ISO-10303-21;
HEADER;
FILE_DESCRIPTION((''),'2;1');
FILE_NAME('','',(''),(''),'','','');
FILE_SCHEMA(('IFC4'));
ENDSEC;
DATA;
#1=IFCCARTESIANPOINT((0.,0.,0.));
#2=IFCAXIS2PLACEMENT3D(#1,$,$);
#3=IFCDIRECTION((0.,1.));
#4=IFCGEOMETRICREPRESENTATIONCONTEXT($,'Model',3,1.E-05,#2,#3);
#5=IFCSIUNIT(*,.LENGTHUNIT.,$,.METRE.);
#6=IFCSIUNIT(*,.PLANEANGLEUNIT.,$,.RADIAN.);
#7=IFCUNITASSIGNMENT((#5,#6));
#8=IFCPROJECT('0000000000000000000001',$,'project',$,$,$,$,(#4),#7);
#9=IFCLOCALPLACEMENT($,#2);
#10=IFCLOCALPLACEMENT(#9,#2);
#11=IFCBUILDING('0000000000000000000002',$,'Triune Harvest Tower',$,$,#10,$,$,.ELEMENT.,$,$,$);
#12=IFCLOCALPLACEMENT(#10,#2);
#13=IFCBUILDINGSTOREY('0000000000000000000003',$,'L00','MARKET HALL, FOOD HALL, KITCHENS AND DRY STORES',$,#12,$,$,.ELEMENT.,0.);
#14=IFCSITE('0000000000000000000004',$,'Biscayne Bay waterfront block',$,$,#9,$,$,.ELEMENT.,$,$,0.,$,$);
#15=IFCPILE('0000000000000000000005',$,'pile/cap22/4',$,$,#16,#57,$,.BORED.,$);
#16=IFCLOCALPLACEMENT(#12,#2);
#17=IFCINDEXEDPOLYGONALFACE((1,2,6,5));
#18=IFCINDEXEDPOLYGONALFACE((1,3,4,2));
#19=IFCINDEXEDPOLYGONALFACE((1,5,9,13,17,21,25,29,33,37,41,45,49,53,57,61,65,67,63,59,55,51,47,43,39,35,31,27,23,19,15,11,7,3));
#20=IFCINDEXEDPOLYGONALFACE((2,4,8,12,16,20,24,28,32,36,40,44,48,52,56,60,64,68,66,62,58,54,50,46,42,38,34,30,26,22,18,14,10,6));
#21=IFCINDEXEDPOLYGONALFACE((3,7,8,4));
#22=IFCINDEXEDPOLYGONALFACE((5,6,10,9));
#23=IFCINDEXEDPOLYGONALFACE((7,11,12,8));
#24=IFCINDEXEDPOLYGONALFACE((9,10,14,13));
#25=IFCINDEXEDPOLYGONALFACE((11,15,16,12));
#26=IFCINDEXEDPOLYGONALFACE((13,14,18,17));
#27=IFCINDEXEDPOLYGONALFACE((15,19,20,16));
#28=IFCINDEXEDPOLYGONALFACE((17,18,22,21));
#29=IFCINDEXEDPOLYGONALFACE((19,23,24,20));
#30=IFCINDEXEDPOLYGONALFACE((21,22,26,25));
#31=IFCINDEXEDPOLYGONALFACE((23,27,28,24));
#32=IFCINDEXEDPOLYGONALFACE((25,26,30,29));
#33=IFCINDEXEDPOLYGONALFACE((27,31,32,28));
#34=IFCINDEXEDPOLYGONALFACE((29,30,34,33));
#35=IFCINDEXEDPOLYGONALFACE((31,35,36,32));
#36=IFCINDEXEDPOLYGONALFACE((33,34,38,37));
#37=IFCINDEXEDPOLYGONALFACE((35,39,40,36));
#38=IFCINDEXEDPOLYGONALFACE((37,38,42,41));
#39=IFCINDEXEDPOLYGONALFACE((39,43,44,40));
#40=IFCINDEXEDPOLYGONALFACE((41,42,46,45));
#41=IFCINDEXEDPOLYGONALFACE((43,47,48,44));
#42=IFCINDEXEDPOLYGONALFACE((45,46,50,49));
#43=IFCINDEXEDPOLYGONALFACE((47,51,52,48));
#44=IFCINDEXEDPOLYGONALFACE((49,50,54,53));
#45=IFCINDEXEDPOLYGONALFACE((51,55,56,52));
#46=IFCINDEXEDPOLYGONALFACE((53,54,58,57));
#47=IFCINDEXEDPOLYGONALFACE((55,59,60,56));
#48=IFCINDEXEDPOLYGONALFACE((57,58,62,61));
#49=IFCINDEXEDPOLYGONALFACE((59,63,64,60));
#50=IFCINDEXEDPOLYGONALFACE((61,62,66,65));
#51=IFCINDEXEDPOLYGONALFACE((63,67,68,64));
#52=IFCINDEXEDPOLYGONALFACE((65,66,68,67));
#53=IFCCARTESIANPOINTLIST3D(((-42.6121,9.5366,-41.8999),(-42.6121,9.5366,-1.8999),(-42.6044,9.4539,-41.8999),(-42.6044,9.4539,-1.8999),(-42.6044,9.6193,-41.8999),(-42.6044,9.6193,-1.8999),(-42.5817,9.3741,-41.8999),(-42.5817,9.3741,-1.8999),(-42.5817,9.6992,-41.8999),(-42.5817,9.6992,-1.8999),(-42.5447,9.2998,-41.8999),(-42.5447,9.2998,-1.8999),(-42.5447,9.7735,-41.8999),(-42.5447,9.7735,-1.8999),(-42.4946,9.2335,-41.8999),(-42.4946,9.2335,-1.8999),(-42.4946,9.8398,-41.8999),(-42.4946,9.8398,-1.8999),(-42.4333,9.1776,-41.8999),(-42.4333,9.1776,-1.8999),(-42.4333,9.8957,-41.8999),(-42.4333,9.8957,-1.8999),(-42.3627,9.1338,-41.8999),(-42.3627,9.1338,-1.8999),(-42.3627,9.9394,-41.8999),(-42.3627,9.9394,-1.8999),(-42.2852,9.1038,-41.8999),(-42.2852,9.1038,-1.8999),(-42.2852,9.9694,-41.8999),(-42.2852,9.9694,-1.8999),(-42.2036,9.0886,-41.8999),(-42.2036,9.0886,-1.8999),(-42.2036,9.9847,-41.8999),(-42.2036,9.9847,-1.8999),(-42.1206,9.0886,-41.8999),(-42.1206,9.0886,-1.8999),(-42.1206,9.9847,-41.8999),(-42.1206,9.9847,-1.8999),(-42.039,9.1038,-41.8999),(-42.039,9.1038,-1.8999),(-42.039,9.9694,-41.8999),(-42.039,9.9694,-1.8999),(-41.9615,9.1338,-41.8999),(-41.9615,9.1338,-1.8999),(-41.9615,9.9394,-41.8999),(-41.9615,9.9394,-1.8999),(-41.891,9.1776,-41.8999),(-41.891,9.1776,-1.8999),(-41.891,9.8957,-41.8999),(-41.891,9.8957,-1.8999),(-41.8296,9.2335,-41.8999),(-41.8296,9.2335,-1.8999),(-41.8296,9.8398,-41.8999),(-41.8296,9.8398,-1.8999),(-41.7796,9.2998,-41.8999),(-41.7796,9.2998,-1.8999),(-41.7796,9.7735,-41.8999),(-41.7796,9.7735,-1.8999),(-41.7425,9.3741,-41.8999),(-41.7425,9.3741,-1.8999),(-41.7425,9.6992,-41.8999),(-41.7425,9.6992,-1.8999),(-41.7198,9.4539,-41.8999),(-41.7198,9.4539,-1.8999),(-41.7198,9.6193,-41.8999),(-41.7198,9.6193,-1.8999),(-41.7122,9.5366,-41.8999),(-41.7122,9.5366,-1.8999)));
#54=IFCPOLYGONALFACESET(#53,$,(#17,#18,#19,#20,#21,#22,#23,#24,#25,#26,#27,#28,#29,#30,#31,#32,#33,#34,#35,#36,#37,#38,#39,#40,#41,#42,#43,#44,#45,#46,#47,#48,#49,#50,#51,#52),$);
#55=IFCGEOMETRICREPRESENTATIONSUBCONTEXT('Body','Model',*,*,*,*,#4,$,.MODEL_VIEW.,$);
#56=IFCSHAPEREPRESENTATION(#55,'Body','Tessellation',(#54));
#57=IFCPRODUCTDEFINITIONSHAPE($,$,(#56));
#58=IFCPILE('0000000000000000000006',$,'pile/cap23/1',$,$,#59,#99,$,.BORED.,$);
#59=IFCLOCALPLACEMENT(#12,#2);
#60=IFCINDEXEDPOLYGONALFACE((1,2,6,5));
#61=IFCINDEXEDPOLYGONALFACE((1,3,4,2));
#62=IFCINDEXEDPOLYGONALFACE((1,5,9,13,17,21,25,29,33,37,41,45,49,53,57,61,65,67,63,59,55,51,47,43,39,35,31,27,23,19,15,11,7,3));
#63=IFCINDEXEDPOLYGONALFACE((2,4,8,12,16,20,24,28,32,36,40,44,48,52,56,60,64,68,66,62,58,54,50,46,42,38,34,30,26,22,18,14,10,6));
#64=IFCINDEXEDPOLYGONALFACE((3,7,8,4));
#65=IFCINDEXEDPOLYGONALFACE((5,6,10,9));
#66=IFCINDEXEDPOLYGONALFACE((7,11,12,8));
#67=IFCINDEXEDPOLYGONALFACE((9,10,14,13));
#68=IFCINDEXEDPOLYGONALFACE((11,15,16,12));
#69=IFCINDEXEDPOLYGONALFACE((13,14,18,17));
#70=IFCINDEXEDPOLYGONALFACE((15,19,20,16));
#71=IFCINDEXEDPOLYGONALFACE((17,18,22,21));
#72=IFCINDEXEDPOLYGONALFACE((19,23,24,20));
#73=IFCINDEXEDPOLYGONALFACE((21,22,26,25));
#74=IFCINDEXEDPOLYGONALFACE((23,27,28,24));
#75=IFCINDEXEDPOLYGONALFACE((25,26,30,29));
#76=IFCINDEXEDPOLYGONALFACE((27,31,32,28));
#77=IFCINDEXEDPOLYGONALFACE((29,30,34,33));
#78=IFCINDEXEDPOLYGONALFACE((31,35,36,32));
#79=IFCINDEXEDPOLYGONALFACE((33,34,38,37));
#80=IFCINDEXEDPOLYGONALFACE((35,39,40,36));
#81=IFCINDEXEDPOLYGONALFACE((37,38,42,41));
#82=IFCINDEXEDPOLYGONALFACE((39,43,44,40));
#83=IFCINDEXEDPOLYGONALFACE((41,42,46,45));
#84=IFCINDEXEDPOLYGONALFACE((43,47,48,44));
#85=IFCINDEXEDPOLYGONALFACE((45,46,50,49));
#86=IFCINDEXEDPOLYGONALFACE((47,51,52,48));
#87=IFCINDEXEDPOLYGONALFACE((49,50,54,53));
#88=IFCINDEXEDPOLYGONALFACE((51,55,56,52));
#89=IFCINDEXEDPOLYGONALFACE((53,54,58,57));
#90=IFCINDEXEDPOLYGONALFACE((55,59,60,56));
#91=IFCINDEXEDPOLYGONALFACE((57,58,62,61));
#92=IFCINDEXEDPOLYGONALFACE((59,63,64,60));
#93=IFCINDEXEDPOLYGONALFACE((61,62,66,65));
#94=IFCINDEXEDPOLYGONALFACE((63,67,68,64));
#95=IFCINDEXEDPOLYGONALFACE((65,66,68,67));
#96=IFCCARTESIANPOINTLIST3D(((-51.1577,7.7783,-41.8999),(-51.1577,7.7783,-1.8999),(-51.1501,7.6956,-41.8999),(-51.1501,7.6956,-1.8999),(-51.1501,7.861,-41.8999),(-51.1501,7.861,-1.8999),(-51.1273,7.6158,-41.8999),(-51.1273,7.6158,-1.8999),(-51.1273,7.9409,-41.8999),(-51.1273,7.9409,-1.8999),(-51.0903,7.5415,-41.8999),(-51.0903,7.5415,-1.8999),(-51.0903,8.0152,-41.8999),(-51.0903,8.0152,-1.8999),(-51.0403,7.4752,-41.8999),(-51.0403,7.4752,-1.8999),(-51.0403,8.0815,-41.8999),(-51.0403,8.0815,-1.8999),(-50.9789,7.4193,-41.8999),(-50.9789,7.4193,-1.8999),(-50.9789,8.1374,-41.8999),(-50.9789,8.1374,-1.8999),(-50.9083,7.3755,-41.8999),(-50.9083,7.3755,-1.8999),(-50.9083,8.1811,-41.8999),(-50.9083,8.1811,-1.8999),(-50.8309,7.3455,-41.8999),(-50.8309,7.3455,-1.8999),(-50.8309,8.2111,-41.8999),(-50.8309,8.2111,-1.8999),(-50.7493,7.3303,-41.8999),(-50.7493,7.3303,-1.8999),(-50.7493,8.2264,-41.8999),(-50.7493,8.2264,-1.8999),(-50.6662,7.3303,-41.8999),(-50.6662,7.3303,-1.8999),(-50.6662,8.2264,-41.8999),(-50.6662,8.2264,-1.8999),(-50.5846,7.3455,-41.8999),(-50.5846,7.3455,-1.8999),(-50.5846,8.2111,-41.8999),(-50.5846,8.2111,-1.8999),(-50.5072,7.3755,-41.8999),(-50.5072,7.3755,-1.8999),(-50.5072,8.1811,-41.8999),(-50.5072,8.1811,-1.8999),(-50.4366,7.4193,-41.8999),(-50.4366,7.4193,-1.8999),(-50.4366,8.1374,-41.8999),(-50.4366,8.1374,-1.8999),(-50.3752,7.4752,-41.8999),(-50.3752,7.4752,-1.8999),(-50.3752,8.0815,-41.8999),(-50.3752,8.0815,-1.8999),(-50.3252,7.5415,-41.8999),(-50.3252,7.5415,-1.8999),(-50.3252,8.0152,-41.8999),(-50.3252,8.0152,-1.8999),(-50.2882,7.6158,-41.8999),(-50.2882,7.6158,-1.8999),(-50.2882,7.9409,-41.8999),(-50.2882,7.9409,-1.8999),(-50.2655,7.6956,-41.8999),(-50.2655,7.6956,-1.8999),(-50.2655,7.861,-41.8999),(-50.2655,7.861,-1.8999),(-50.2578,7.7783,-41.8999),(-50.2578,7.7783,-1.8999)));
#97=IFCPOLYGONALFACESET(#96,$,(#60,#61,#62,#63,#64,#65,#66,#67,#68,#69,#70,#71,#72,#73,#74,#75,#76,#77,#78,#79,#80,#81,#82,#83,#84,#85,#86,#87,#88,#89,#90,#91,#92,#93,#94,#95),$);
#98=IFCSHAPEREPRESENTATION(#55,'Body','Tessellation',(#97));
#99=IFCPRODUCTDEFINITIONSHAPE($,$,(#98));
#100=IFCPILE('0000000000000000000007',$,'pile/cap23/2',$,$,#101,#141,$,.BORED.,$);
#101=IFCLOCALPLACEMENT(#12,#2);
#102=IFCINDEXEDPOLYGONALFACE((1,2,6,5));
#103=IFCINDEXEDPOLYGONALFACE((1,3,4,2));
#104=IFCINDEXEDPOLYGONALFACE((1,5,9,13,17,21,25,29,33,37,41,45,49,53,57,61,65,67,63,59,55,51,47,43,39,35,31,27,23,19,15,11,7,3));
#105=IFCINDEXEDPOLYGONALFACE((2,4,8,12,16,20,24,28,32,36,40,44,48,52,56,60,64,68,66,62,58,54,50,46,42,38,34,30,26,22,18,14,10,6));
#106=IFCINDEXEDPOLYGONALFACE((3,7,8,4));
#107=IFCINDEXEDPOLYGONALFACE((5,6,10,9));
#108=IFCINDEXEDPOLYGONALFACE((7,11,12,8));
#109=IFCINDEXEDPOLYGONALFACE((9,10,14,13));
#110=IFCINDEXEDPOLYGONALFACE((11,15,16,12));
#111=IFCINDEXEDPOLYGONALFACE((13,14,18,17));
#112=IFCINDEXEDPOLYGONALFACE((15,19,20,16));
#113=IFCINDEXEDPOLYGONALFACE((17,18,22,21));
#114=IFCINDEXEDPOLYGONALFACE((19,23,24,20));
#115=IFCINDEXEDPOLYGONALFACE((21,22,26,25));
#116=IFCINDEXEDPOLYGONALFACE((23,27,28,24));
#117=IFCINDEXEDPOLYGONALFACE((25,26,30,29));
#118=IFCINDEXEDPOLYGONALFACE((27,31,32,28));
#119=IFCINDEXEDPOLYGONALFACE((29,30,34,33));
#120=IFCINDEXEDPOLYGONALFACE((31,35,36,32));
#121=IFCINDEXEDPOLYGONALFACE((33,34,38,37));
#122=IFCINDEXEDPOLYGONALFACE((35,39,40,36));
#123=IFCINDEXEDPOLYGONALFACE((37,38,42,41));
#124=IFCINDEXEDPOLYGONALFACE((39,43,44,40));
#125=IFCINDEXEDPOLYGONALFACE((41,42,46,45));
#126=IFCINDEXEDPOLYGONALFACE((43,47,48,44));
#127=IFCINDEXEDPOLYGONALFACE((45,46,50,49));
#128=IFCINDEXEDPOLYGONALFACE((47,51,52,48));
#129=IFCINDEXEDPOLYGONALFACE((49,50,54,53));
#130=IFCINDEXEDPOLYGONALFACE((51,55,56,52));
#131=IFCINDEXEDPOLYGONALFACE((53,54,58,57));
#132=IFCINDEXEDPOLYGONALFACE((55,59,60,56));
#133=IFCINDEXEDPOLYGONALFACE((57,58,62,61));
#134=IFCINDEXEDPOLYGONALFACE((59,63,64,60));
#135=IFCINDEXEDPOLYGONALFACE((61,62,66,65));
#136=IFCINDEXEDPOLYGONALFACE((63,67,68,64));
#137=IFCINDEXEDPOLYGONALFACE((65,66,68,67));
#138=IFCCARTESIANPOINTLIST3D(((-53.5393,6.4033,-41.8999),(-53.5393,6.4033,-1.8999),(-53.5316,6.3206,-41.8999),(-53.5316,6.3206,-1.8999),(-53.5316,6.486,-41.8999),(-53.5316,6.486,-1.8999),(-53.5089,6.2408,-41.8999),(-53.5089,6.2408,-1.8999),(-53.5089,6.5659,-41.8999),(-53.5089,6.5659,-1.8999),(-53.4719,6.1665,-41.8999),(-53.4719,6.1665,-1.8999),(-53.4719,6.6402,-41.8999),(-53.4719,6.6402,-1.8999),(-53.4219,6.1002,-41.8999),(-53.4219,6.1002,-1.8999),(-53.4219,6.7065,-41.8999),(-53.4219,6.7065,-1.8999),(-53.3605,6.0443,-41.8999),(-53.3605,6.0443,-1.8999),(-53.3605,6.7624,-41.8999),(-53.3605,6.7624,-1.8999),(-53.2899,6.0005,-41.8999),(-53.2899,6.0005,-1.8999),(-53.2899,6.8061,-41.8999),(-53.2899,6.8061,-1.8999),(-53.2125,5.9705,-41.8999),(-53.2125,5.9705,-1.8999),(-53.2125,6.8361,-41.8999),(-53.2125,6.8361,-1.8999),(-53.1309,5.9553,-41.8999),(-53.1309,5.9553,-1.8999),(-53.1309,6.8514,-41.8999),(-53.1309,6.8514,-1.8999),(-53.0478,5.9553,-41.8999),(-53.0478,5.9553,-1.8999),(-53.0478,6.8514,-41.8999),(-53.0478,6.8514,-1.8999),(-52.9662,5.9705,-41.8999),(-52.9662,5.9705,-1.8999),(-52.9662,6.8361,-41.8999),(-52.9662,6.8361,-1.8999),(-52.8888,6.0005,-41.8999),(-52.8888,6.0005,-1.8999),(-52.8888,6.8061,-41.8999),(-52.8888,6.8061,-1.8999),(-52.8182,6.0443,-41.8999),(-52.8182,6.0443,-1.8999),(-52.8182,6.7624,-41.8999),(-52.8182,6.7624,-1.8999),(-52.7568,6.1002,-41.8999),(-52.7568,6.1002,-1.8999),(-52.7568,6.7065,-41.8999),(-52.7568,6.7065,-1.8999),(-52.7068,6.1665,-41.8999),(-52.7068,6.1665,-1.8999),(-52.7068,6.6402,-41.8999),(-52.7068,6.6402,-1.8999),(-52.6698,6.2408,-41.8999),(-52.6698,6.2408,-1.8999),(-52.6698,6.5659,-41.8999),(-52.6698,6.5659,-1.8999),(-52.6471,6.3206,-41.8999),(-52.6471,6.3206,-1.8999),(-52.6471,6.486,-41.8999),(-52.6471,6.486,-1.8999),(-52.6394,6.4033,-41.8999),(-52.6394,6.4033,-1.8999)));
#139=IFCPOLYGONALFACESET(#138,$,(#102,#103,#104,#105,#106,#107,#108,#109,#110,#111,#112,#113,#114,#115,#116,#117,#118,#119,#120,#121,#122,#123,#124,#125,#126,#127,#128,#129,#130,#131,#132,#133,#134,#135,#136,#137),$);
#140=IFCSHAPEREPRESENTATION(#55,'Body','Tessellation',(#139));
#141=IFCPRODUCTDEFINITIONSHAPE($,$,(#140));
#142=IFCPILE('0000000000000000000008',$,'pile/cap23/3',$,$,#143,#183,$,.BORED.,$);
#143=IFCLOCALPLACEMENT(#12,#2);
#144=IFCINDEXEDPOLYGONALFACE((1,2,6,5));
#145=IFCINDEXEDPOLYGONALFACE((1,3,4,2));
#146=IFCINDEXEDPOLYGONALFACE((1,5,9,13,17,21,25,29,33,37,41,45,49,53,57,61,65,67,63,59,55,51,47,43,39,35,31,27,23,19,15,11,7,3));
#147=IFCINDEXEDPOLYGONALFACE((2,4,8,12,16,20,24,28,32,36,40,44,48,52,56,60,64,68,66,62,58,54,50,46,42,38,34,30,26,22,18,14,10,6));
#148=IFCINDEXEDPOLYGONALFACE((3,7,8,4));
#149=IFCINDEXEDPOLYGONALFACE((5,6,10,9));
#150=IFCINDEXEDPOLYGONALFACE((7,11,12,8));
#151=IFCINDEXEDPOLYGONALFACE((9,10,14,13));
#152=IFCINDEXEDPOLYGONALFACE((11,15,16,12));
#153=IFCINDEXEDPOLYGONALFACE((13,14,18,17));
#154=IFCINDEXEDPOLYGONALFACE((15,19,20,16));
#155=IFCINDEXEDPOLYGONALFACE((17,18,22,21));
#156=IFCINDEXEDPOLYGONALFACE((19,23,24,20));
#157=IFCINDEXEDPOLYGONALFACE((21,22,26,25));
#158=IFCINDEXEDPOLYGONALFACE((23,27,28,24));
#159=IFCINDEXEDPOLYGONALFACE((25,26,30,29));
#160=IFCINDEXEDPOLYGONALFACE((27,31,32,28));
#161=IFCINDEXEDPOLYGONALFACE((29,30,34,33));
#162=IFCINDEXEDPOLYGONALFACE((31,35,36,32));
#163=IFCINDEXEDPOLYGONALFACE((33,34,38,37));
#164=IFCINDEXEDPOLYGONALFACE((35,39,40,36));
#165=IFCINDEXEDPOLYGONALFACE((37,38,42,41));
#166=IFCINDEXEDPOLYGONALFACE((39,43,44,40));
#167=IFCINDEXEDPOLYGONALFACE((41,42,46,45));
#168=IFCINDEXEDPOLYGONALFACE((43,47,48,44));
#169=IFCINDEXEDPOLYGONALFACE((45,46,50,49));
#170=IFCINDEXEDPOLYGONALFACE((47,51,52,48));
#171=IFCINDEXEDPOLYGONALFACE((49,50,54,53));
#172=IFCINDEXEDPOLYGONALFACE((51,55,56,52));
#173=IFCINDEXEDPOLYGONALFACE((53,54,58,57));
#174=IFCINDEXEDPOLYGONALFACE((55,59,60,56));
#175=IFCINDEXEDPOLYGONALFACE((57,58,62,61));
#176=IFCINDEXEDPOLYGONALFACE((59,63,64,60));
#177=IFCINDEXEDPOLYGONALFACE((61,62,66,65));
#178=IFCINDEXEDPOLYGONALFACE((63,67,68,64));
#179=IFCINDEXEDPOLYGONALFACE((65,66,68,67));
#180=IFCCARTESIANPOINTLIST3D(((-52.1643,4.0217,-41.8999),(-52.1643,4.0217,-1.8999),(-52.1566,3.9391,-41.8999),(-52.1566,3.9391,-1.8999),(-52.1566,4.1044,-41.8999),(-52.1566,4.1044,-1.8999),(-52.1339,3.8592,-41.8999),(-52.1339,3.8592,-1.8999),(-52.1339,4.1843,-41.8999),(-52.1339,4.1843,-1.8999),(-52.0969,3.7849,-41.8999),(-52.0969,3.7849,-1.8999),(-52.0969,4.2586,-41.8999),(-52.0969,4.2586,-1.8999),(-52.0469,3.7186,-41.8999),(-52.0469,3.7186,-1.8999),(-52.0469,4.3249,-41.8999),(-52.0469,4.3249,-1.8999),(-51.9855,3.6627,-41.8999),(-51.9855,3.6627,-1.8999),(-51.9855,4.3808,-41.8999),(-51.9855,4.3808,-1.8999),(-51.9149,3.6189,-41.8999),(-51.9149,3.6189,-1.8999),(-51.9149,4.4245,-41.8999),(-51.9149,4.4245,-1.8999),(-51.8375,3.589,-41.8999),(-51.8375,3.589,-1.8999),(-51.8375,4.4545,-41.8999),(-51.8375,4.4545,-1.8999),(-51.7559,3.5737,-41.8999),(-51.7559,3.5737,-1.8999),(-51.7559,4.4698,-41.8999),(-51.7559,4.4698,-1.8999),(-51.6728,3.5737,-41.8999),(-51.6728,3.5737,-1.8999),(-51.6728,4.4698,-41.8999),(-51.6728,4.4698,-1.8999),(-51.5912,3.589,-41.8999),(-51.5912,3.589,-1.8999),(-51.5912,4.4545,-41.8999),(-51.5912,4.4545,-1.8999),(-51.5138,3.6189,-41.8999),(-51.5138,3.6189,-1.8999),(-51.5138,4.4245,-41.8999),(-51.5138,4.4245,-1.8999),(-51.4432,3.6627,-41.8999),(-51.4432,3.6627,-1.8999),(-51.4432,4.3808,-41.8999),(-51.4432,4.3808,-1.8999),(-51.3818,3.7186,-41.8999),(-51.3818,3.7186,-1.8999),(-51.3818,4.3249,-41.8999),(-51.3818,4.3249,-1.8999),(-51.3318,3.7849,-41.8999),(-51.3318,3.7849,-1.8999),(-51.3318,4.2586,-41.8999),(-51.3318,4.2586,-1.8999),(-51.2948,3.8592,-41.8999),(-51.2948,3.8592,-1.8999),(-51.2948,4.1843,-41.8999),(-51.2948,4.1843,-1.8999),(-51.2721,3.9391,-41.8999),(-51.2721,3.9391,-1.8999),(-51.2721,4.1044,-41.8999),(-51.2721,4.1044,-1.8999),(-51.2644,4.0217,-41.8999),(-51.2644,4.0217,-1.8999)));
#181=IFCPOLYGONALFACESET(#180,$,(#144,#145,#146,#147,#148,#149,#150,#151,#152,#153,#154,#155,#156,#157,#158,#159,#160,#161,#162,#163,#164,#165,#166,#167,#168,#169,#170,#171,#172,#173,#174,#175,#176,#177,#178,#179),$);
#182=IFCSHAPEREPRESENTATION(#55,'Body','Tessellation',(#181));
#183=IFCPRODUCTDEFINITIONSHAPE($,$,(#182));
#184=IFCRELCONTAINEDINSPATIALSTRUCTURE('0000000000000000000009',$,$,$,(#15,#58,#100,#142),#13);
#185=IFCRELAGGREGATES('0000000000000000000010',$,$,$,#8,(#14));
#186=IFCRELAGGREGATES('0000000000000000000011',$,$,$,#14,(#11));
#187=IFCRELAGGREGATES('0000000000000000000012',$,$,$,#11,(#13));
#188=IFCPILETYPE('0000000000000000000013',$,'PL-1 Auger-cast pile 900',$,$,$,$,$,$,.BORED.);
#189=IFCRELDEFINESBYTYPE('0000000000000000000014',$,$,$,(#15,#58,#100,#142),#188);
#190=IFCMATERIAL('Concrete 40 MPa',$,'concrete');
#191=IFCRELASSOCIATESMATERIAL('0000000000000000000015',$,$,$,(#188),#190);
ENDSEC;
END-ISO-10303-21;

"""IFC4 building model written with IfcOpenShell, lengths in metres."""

from ifc_helpers import new_model, si_unit, direction, frame, origin, origin_2d, place, context, subcontext, project, spatial, circle, extrude, source, transform, mapped, material, material_profile, profile_set, type_object, element, save


model = new_model("IFC4")

# Units and contexts
model_context = context("Model", 3, precision=1e-05, world=origin(), true_north=direction((0.0, 1.0)))
body_context = subcontext(model_context, "Body", "Model", "MODEL_VIEW")
ifc_project = project(units=[si_unit("LENGTHUNIT", "METRE"), si_unit("PLANEANGLEUNIT", "RADIAN")], contexts=[model_context])

# Site, building, storey
site_placement = place(None, origin())
site = spatial("IfcSite", under=ifc_project, at=site_placement, Name="Biscayne Bay waterfront block", CompositionType="ELEMENT", RefElevation=0.0)
building_placement = place(site_placement, origin())
building = spatial("IfcBuilding", under=site, at=building_placement, Name="Triune Harvest Tower", CompositionType="ELEMENT")
storey_placement = place(building_placement, origin())
storey = spatial("IfcBuildingStorey", under=building, at=storey_placement, Name="L00", Description="MARKET HALL, FOOD HALL, KITCHENS AND DRY STORES", CompositionType="ELEMENT", Elevation=0.0)

# Piles
ifc_material_1 = material(Name="Concrete 40 MPa", Category="concrete")
ifc_material_profile_1 = material_profile(ifc_material_1, circle(Radius=0.45, at=origin_2d()), Name="Bored 900")
ifc_profile_set_1 = profile_set([ifc_material_profile_1], Name="Concrete 40 MPa")
pile_type = type_object("IfcPileType", Name="PL-1 Auger-cast pile 900", PredefinedType="BORED", material=ifc_profile_set_1)
shared_shape_1 = source(origin(), body_context, "Body", "SweptSolid", [
    extrude(circle(Radius=0.45, at=origin_2d()), origin(), (0.0, 0.0, 1.0), 40.0),
])
for number, where, z_axis, x_axis, name in (
    (1, (-42.1621, 9.5366, -1.8999), (0.0, 0.0, -1.0), (1.0, 0.0, 0.0), "pile/cap22/4"),
    (2, (-50.7078, 7.7783, -1.8999), (0.0, 0.0, -1.0), (1.0, 0.0, 0.0), "pile/cap23/1"),
    (3, (-53.0894, 6.4033, -1.8999), (0.0, 0.0, -1.0), (1.0, 0.0, 0.0), "pile/cap23/2"),
    (4, (-51.7144, 4.0217, -1.8999), (0.0, 0.0, -1.0), (1.0, 0.0, 0.0), "pile/cap23/3"),
):
    element("IfcPile", number, at=place(storey_placement, frame(where, z_axis=z_axis, x_axis=x_axis)), inside=storey, type_object=pile_type, Name=name, PredefinedType="BORED", context=body_context, shape_type="MappedRepresentation", body=[
        mapped(shared_shape_1, transform((0.0, 0.0, 0.0), scale=1.0)),
    ])

save(model, "model.ifc")
